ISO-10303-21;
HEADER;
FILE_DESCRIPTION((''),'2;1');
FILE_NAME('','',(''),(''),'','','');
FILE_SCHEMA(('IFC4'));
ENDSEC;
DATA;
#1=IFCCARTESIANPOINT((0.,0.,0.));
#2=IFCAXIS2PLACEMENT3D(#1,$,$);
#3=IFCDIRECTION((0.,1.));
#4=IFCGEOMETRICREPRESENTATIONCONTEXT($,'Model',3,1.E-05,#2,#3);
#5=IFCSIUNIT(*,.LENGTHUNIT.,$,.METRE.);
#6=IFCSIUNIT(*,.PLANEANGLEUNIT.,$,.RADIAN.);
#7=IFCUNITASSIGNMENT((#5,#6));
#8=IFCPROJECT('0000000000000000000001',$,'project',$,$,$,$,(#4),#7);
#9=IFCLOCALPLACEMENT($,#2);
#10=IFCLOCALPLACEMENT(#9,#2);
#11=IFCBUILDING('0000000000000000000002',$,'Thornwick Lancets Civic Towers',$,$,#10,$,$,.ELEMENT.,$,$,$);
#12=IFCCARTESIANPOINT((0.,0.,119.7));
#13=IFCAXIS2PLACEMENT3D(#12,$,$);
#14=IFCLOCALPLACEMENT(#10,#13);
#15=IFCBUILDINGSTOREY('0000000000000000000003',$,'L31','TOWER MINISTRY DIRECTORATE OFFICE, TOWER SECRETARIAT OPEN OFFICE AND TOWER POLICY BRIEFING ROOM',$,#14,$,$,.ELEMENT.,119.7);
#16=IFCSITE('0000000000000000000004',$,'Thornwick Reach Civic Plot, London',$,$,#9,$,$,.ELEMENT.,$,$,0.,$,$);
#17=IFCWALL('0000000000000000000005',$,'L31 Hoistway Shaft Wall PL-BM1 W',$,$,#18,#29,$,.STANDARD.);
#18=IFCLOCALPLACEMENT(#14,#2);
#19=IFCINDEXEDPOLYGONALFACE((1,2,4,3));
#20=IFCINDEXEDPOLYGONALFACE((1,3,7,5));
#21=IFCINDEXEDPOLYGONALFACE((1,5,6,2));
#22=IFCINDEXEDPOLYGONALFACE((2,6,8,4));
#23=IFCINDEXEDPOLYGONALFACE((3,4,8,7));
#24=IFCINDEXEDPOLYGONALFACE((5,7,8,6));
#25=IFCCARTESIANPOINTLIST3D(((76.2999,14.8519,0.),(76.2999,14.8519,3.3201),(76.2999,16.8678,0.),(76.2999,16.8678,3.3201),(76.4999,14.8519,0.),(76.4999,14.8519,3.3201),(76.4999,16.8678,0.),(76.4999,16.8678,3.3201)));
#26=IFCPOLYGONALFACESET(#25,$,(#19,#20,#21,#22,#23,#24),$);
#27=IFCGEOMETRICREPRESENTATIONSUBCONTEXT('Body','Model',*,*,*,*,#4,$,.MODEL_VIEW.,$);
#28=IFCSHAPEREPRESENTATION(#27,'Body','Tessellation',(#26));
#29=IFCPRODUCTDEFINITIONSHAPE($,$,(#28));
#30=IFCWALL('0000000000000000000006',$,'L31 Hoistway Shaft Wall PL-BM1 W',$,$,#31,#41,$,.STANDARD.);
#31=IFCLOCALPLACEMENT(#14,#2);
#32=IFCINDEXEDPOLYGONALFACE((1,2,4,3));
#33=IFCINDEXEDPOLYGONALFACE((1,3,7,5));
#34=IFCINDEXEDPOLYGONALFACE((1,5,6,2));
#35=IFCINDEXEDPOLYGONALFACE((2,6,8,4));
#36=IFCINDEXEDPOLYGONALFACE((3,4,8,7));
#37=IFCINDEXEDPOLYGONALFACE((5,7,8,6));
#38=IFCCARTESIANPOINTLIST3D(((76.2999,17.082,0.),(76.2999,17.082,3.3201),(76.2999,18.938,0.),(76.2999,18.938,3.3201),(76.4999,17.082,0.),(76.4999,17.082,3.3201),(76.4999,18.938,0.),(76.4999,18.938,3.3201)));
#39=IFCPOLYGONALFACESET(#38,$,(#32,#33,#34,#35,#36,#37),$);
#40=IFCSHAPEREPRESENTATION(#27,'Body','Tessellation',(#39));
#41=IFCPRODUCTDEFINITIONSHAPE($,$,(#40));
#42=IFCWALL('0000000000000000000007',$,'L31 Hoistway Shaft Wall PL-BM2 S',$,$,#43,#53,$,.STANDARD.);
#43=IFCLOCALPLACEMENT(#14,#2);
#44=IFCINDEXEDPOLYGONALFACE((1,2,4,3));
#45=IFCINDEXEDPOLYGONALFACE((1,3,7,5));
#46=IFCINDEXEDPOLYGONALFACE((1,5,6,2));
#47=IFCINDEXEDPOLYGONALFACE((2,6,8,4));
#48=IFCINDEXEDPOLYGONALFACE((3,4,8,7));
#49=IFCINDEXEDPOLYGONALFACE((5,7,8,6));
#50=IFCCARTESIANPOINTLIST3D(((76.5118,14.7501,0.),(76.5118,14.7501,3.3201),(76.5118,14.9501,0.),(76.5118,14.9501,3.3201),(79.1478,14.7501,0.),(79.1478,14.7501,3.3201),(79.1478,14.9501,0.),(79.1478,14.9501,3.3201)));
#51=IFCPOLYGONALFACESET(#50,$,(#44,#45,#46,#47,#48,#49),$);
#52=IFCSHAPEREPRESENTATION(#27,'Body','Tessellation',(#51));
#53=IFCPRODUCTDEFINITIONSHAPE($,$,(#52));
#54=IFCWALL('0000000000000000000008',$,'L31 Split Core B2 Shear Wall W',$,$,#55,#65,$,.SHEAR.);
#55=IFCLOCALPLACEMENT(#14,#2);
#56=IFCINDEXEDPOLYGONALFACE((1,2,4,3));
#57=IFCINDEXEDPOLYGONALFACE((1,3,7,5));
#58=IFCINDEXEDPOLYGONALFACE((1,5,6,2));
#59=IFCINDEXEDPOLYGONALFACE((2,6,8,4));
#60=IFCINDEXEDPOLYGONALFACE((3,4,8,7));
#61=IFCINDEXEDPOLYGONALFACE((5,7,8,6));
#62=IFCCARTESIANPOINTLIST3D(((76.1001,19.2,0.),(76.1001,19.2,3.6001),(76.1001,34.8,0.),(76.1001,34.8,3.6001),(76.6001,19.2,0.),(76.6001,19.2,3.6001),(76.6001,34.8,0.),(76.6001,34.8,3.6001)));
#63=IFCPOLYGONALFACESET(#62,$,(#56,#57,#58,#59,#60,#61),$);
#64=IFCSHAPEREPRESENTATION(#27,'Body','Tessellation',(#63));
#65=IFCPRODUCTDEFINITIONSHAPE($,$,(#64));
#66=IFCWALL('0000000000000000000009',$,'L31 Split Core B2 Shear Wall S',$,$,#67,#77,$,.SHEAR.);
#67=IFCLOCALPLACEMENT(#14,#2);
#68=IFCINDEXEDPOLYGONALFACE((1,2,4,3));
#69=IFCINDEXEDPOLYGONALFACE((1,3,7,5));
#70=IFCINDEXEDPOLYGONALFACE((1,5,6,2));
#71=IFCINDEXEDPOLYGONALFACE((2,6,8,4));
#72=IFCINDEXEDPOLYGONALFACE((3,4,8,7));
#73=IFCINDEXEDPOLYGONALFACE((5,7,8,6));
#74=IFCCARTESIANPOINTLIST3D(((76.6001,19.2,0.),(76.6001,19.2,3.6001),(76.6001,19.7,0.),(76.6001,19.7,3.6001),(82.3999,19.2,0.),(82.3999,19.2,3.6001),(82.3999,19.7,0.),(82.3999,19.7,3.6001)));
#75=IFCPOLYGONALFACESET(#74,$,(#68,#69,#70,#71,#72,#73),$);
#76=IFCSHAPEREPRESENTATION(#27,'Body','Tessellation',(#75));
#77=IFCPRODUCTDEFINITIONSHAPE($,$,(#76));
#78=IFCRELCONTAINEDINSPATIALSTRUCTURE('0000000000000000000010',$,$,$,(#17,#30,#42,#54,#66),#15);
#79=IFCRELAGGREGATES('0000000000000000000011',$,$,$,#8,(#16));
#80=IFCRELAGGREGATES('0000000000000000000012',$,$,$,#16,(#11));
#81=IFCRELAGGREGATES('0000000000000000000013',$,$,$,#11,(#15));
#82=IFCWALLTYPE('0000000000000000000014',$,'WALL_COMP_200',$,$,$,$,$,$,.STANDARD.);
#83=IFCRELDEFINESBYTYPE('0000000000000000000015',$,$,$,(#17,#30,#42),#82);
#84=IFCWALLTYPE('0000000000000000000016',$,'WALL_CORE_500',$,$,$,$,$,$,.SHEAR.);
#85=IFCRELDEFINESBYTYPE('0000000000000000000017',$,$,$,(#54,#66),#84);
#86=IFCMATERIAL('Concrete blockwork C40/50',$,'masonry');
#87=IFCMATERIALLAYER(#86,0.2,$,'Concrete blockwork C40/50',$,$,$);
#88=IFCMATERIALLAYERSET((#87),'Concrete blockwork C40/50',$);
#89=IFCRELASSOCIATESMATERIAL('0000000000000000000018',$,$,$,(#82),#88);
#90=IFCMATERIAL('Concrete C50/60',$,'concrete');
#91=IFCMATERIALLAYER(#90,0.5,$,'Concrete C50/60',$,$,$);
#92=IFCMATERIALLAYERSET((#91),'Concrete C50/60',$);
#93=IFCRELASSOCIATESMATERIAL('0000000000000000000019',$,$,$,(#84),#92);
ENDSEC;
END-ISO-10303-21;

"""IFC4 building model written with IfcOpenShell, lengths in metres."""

from ifc_helpers import new_model, si_unit, direction, frame, frame_2d, origin, place, context, subcontext, project, spatial, rectangle, extrude, material, layer, layer_set, type_object, element, save


model = new_model("IFC4")

# Units and contexts
model_context = context("Model", 3, precision=1e-05, world=origin(), true_north=direction((0.0, 1.0)))
body_context = subcontext(model_context, "Body", "Model", "MODEL_VIEW")
ifc_project = project(units=[si_unit("LENGTHUNIT", "METRE"), si_unit("PLANEANGLEUNIT", "RADIAN")], contexts=[model_context])

# Site, building, storey
site_placement = place(None, origin())
site = spatial("IfcSite", under=ifc_project, at=site_placement, Name="Thornwick Reach Civic Plot, London", CompositionType="ELEMENT", RefElevation=0.0)
building_placement = place(site_placement, origin())
building = spatial("IfcBuilding", under=site, at=building_placement, Name="Thornwick Lancets Civic Towers", CompositionType="ELEMENT")
storey_placement = place(building_placement, frame((0.0, 0.0, 119.7)))
storey = spatial("IfcBuildingStorey", under=building, at=storey_placement, Name="L31", Description="TOWER MINISTRY DIRECTORATE OFFICE, TOWER SECRETARIAT OPEN OFFICE AND TOWER POLICY BRIEFING ROOM", CompositionType="ELEMENT", Elevation=119.7)

# Walls
ifc_material_1 = material(Name="Concrete blockwork C40/50", Category="masonry")
ifc_layer_1 = layer(ifc_material_1, 0.2, Name="Concrete blockwork C40/50")
ifc_layer_set_1 = layer_set([ifc_layer_1], Name="Concrete blockwork C40/50")
wall_type_1 = type_object("IfcWallType", Name="WALL_COMP_200", PredefinedType="STANDARD", material=ifc_layer_set_1)
wall_1_placement = place(storey_placement, frame((76.3999, 14.8521, 0.0), z_axis=(0.0, 0.0, 1.0), x_axis=(0.0, 1.0, 0.0)))
element("IfcWall", 1, at=wall_1_placement, inside=storey, type_object=wall_type_1, Name="L31 Hoistway Shaft Wall PL-BM1 W", PredefinedType="STANDARD", context=body_context, shape_type="SweptSolid", body=[
    extrude(rectangle(XDim=2.0159, YDim=0.2, at=frame_2d((1.0078, 0.0))), origin(), (0.0, 0.0, 1.0), 3.3201),
])
wall_2_placement = place(storey_placement, frame((76.3999, 17.082, 0.0), z_axis=(0.0, 0.0, 1.0), x_axis=(0.0, 1.0, 0.0)))
element("IfcWall", 2, at=wall_2_placement, inside=storey, type_object=wall_type_1, Name="L31 Hoistway Shaft Wall PL-BM1 W", PredefinedType="STANDARD", context=body_context, shape_type="SweptSolid", body=[
    extrude(rectangle(XDim=1.856, YDim=0.2, at=frame_2d((0.928, 0.0))), origin(), (0.0, 0.0, 1.0), 3.3201),
])
wall_3_placement = place(storey_placement, frame((76.512, 14.8501, 0.0), z_axis=(0.0, 0.0, 1.0), x_axis=(1.0, 0.0, 0.0)))
element("IfcWall", 3, at=wall_3_placement, inside=storey, type_object=wall_type_1, Name="L31 Hoistway Shaft Wall PL-BM2 S", PredefinedType="STANDARD", context=body_context, shape_type="SweptSolid", body=[
    extrude(rectangle(XDim=2.636, YDim=0.2, at=frame_2d((1.3179, 0.0))), origin(), (0.0, 0.0, 1.0), 3.3201),
])
ifc_material_2 = material(Name="Concrete C50/60", Category="concrete")
ifc_layer_2 = layer(ifc_material_2, 0.5, Name="Concrete C50/60")
ifc_layer_set_2 = layer_set([ifc_layer_2], Name="Concrete C50/60")
wall_type_2 = type_object("IfcWallType", Name="WALL_CORE_500", PredefinedType="SHEAR", material=ifc_layer_set_2)
wall_4_placement = place(storey_placement, frame((76.3501, 19.2, 0.0), z_axis=(0.0, 0.0, 1.0), x_axis=(0.0, 1.0, 0.0)))
element("IfcWall", 4, at=wall_4_placement, inside=storey, type_object=wall_type_2, Name="L31 Split Core B2 Shear Wall W", PredefinedType="SHEAR", context=body_context, shape_type="SweptSolid", body=[
    extrude(rectangle(XDim=15.6001, YDim=0.5, at=frame_2d((7.8, 0.0))), origin(), (0.0, 0.0, 1.0), 3.6001),
])
wall_5_placement = place(storey_placement, frame((76.6001, 19.45, 0.0), z_axis=(0.0, 0.0, 1.0), x_axis=(1.0, 0.0, 0.0)))
element("IfcWall", 5, at=wall_5_placement, inside=storey, type_object=wall_type_2, Name="L31 Split Core B2 Shear Wall S", PredefinedType="SHEAR", context=body_context, shape_type="SweptSolid", body=[
    extrude(rectangle(XDim=5.7998, YDim=0.5, at=frame_2d((2.8999, 0.0))), origin(), (0.0, 0.0, 1.0), 3.6001),
])

save(model, "model.ifc")
